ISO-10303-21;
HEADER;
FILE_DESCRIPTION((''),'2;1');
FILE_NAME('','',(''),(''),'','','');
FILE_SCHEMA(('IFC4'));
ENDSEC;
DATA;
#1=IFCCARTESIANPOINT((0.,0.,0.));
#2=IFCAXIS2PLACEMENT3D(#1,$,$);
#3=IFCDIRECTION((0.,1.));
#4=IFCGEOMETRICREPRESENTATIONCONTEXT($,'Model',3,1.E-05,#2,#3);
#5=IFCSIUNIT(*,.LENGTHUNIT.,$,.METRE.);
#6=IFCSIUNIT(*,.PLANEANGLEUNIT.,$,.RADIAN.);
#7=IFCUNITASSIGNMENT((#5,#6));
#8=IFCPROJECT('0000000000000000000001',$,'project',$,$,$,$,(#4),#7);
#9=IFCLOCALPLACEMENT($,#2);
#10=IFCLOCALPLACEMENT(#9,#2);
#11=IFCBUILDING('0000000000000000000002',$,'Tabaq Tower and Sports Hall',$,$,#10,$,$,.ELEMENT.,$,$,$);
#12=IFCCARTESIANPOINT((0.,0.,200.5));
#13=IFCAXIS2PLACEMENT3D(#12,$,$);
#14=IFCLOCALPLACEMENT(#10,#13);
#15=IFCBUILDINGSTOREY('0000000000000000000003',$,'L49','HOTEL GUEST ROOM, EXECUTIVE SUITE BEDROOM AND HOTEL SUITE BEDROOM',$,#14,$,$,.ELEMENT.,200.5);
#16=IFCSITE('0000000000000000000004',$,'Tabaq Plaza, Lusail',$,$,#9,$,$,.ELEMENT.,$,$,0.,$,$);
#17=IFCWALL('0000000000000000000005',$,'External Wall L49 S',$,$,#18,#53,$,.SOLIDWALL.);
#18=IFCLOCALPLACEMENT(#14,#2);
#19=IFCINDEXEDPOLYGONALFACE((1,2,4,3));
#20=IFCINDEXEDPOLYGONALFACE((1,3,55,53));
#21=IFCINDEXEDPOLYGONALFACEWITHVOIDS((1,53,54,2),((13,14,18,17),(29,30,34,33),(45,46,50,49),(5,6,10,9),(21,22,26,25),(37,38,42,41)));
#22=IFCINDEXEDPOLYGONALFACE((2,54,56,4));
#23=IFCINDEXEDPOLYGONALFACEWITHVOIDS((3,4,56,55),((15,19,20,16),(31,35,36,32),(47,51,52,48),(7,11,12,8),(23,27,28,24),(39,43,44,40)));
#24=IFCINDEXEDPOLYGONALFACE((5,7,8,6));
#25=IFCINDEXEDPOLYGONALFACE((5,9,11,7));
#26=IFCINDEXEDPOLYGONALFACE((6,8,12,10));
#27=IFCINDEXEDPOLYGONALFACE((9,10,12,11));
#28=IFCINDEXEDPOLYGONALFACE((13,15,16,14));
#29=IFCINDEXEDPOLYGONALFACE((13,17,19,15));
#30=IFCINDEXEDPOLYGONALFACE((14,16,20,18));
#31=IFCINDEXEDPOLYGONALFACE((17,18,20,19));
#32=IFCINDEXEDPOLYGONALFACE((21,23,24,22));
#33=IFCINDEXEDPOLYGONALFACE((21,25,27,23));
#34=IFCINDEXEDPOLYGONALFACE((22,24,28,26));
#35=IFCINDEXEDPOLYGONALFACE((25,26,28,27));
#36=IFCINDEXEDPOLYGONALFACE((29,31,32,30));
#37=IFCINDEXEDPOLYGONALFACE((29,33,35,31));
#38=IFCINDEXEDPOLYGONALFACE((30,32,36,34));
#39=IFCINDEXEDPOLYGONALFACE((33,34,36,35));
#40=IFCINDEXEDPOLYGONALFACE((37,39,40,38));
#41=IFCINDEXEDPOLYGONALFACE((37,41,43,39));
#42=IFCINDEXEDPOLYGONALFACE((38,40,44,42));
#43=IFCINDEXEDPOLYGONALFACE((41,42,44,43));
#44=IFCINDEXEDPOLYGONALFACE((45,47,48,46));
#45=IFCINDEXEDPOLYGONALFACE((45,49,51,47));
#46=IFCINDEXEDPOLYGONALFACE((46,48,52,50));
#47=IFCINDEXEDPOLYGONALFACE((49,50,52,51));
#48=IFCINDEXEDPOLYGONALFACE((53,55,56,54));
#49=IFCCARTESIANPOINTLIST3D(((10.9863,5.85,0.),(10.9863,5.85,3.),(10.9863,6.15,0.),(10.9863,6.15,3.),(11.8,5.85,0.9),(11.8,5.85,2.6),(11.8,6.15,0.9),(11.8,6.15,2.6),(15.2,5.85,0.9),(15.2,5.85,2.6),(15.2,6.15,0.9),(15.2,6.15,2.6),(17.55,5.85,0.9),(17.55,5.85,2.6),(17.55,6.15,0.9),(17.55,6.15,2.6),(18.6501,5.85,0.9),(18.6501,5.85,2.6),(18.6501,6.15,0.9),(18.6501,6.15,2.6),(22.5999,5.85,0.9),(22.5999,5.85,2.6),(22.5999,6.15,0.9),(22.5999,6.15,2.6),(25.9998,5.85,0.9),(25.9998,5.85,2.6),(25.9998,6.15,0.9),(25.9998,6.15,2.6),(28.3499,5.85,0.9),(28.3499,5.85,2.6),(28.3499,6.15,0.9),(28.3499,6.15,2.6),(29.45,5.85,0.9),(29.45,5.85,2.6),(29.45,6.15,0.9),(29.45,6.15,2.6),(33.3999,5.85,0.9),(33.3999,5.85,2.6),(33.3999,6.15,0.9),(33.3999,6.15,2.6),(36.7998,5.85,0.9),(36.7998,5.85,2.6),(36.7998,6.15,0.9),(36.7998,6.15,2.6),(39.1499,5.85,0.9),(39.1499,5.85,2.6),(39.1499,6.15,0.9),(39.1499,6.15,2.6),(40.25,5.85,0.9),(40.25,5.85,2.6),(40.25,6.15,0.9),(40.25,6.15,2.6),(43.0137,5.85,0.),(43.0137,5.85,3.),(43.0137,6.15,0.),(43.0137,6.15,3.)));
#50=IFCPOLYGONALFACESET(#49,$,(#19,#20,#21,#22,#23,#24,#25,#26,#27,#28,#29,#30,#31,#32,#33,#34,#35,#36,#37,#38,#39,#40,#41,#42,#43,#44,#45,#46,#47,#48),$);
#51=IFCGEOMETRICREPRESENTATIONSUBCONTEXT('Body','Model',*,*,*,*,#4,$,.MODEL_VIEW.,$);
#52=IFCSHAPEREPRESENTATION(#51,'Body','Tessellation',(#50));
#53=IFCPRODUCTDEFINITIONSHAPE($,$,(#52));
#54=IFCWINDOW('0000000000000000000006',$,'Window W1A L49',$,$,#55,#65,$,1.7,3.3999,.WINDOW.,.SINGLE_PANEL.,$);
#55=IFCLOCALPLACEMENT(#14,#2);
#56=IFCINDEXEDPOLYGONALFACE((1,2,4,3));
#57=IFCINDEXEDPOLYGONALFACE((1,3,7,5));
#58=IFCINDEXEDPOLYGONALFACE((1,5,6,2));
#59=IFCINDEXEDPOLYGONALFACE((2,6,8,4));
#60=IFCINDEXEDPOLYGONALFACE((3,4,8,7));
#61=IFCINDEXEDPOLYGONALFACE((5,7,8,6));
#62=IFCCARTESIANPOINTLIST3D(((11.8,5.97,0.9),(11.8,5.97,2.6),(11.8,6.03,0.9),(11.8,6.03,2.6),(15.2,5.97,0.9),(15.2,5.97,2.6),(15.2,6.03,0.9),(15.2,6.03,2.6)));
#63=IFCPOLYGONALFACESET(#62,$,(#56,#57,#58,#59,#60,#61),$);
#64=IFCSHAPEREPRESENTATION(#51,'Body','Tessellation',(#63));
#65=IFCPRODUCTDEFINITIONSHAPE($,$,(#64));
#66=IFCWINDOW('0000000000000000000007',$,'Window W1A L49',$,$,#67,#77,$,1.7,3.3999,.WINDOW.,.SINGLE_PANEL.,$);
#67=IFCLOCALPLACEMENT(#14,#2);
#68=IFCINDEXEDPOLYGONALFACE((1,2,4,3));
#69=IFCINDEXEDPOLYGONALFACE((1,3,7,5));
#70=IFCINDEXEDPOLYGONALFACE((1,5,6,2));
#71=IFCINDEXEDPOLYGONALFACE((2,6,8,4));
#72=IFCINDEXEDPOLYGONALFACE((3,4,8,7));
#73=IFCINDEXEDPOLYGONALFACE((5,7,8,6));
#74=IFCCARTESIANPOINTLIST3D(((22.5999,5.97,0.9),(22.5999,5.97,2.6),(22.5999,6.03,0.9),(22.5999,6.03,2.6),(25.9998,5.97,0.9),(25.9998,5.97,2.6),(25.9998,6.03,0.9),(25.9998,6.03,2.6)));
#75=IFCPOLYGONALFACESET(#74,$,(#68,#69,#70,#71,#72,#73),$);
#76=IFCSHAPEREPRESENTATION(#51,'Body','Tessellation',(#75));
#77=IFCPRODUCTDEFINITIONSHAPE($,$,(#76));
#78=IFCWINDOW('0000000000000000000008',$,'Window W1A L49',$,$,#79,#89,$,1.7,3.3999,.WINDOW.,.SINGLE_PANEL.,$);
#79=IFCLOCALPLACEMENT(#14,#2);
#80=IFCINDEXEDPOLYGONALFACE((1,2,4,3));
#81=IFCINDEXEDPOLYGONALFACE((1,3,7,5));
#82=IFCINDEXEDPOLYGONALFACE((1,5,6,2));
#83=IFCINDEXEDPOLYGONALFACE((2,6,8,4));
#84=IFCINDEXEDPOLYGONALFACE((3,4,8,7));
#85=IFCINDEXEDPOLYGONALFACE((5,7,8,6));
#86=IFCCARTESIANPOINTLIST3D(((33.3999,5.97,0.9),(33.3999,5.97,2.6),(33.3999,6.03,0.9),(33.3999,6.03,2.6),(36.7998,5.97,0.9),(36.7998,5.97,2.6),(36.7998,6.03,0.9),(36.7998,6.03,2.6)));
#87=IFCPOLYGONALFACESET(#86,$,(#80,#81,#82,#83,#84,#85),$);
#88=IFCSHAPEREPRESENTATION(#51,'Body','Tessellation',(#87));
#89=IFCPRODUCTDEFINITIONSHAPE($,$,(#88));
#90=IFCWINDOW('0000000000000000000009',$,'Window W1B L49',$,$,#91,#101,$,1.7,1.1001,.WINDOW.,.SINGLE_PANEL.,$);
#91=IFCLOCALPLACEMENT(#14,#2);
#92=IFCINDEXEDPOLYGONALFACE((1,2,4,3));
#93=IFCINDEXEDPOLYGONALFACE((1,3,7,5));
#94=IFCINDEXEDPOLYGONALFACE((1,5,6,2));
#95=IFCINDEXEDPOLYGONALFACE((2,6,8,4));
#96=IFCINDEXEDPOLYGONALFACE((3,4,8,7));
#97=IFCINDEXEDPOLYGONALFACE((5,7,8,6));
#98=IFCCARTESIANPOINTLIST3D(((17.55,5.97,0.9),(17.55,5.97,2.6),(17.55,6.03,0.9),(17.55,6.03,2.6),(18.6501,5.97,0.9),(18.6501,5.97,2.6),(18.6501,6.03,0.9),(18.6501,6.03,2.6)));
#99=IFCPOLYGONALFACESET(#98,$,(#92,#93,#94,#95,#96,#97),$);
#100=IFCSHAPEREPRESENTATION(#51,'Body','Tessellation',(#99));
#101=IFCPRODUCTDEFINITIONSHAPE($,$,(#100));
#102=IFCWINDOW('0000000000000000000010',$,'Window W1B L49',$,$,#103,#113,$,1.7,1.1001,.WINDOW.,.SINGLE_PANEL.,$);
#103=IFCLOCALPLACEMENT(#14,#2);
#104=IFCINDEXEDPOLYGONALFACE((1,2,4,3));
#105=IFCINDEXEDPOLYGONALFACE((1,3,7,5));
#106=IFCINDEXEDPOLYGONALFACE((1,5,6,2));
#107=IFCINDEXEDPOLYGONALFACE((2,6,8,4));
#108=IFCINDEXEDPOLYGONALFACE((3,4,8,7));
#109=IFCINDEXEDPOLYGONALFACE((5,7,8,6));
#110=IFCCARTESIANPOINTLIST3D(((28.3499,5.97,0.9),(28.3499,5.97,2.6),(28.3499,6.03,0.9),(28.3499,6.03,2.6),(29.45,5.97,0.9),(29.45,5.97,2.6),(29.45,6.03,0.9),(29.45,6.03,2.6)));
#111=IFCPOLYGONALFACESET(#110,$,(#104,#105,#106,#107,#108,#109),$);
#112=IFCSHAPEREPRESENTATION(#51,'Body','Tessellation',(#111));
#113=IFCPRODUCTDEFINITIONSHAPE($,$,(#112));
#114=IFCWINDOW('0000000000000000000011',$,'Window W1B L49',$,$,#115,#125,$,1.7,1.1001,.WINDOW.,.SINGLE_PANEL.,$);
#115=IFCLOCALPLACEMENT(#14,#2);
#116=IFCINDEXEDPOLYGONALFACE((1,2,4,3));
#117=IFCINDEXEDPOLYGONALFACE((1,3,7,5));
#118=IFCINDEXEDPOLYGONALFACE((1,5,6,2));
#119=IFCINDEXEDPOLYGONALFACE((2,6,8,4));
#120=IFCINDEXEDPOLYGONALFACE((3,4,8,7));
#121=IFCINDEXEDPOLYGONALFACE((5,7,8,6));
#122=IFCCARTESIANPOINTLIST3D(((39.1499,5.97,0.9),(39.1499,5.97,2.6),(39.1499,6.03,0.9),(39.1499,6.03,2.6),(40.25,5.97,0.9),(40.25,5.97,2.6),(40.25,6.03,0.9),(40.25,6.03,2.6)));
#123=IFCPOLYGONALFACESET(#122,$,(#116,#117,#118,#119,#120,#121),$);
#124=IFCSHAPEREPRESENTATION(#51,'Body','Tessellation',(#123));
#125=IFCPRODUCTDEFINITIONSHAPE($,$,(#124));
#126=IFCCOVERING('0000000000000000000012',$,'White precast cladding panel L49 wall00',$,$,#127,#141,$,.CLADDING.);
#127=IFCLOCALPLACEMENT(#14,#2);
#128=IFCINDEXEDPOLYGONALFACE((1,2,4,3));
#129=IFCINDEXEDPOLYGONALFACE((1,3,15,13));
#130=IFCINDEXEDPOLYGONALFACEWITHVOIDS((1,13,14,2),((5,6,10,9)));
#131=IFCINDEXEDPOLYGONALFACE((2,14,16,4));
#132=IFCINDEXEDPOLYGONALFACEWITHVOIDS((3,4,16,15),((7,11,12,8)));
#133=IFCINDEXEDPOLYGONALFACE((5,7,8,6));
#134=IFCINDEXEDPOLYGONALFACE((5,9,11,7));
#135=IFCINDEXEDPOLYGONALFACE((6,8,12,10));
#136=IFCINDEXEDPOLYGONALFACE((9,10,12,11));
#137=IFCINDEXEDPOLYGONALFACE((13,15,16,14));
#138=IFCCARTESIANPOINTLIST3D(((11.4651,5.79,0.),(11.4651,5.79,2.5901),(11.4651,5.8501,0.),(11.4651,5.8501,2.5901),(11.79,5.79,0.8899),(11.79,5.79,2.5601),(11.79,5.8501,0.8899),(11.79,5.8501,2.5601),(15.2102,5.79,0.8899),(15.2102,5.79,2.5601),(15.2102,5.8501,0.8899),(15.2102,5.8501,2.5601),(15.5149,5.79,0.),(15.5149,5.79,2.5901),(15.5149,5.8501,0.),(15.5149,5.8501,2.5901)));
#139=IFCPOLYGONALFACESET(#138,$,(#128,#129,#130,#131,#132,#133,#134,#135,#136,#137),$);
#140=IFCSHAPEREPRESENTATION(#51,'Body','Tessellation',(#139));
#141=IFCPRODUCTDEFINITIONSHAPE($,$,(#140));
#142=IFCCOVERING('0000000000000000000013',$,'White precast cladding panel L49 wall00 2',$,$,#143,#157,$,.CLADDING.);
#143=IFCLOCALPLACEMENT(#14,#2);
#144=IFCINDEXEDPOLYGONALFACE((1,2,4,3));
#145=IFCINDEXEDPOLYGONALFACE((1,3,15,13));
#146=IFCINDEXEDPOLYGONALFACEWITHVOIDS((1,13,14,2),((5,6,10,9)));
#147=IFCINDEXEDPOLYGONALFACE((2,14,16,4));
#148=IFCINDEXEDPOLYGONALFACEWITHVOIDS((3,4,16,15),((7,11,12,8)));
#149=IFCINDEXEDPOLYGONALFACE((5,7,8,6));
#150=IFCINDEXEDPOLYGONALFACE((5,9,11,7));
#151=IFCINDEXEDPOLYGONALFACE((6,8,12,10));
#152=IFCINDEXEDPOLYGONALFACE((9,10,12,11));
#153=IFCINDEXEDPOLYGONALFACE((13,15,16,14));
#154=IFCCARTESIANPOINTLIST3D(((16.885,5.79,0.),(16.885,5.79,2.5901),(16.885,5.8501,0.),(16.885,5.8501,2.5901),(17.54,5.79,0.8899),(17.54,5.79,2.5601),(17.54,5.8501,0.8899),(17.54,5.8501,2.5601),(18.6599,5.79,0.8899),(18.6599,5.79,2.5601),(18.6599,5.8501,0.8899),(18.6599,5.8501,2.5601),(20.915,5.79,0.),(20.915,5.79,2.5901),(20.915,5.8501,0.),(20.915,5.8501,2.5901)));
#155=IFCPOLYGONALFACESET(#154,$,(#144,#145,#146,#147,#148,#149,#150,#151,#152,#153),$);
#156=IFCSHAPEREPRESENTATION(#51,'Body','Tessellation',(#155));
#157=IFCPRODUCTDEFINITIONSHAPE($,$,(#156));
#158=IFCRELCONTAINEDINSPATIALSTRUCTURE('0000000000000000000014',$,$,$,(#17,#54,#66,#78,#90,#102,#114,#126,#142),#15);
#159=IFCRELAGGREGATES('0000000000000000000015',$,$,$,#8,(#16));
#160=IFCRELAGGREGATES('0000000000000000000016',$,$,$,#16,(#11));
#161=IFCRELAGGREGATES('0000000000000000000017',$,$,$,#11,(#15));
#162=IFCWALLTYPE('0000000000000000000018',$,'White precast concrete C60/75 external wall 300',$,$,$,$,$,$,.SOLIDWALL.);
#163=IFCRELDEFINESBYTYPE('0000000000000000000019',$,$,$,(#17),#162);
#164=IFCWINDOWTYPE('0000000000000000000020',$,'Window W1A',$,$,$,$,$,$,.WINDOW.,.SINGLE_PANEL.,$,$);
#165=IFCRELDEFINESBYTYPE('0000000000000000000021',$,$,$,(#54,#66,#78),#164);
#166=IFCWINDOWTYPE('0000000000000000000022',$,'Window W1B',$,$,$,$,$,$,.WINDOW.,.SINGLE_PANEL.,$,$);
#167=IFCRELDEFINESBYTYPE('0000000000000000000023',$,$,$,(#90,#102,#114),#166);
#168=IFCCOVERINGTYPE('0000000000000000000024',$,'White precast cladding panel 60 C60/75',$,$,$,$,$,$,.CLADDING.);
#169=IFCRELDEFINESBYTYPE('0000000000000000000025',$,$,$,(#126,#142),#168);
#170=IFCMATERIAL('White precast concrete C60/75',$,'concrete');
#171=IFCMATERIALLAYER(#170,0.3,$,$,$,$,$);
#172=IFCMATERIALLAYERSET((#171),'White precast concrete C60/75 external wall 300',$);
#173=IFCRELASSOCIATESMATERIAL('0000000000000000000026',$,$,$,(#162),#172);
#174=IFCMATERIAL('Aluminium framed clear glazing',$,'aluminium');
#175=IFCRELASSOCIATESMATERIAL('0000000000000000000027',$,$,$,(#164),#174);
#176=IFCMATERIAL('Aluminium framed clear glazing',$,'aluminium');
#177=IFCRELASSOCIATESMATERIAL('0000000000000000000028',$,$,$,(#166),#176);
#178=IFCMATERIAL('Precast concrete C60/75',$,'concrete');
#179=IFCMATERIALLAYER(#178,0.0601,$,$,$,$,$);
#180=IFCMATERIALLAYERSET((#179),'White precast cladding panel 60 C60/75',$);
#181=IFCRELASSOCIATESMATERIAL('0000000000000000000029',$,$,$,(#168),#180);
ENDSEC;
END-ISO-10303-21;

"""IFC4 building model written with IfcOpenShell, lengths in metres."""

from ifc_helpers import new_model, si_unit, direction, frame, frame_2d, origin, place, context, subcontext, project, spatial, polyline, rectangle, outline, extrude, material, layer, layer_set, type_object, element, fill, save


model = new_model("IFC4")

# Units and contexts
model_context = context("Model", 3, precision=1e-05, world=origin(), true_north=direction((0.0, 1.0)))
body_context = subcontext(model_context, "Body", "Model", "MODEL_VIEW")
ifc_project = project(units=[si_unit("LENGTHUNIT", "METRE"), si_unit("PLANEANGLEUNIT", "RADIAN")], contexts=[model_context])

# Site, building, storey
site_placement = place(None, origin())
site = spatial("IfcSite", under=ifc_project, at=site_placement, Name="Tabaq Plaza, Lusail", CompositionType="ELEMENT", RefElevation=0.0)
building_placement = place(site_placement, origin())
building = spatial("IfcBuilding", under=site, at=building_placement, Name="Tabaq Tower and Sports Hall", CompositionType="ELEMENT")
storey_placement = place(building_placement, frame((0.0, 0.0, 200.5)))
storey = spatial("IfcBuildingStorey", under=building, at=storey_placement, Name="L49", Description="HOTEL GUEST ROOM, EXECUTIVE SUITE BEDROOM AND HOTEL SUITE BEDROOM", CompositionType="ELEMENT", Elevation=200.5)

# Wall, openings, windows
ifc_material_1 = material(Name="White precast concrete C60/75", Category="concrete")
ifc_layer_1 = layer(ifc_material_1, 0.3)
ifc_layer_set_1 = layer_set([ifc_layer_1], Name="White precast concrete C60/75 external wall 300")
wall_type_1 = type_object("IfcWallType", Name="White precast concrete C60/75 external wall 300", PredefinedType="SOLIDWALL", material=ifc_layer_set_1)
wall_1_placement = place(storey_placement, frame((10.9863, 6.0, 0.0), z_axis=(0.0, 0.0, 1.0), x_axis=(1.0, 0.0, 0.0)))
wall_1 = element("IfcWall", 1, at=wall_1_placement, inside=storey, type_object=wall_type_1, Name="External Wall L49 S", PredefinedType="SOLIDWALL", context=body_context, shape_type="SweptSolid", body=[
    extrude(rectangle(XDim=32.0273, YDim=0.3, at=frame_2d((16.0137, 0.0))), origin(), (0.0, 0.0, 1.0), 3.0),
])
opening_1_placement = place(wall_1_placement, frame((0.8137, 0.0, 0.8999)))
opening_1 = element("IfcOpeningElement", 2, at=opening_1_placement, cuts=wall_1, PredefinedType="OPENING", context=body_context, shape_type="SweptSolid", body=[
    extrude(rectangle(XDim=3.3999, YDim=1.7, at=frame_2d((1.7, 0.8501))), frame((0.0, 0.1602, 0.0), z_axis=(0.0, -1.0, 0.0), x_axis=(1.0, 0.0, 0.0)), (0.0, 0.0, 1.0), 0.3201),
])
opening_2_placement = place(wall_1_placement, frame((6.5637, 0.0, 0.8999)))
opening_2 = element("IfcOpeningElement", 3, at=opening_2_placement, cuts=wall_1, PredefinedType="OPENING", context=body_context, shape_type="SweptSolid", body=[
    extrude(rectangle(XDim=1.1001, YDim=1.7, at=frame_2d((0.55, 0.8501))), frame((0.0, 0.1602, 0.0), z_axis=(0.0, -1.0, 0.0), x_axis=(1.0, 0.0, 0.0)), (0.0, 0.0, 1.0), 0.3201),
])
opening_3_placement = place(wall_1_placement, frame((11.6135, 0.0, 0.8999)))
opening_3 = element("IfcOpeningElement", 4, at=opening_3_placement, cuts=wall_1, PredefinedType="OPENING", context=body_context, shape_type="SweptSolid", body=[
    extrude(rectangle(XDim=3.3999, YDim=1.7, at=frame_2d((1.7, 0.8501))), frame((0.0, 0.1602, 0.0), z_axis=(0.0, -1.0, 0.0), x_axis=(1.0, 0.0, 0.0)), (0.0, 0.0, 1.0), 0.3201),
])
opening_4_placement = place(wall_1_placement, frame((17.3635, 0.0, 0.8999)))
opening_4 = element("IfcOpeningElement", 5, at=opening_4_placement, cuts=wall_1, PredefinedType="OPENING", context=body_context, shape_type="SweptSolid", body=[
    extrude(rectangle(XDim=1.1001, YDim=1.7, at=frame_2d((0.55, 0.8501))), frame((0.0, 0.1602, 0.0), z_axis=(0.0, -1.0, 0.0), x_axis=(1.0, 0.0, 0.0)), (0.0, 0.0, 1.0), 0.3201),
])
opening_5_placement = place(wall_1_placement, frame((22.4136, 0.0, 0.8999)))
opening_5 = element("IfcOpeningElement", 6, at=opening_5_placement, cuts=wall_1, PredefinedType="OPENING", context=body_context, shape_type="SweptSolid", body=[
    extrude(rectangle(XDim=3.3999, YDim=1.7, at=frame_2d((1.7, 0.8501))), frame((0.0, 0.1602, 0.0), z_axis=(0.0, -1.0, 0.0), x_axis=(1.0, 0.0, 0.0)), (0.0, 0.0, 1.0), 0.3201),
])
opening_6_placement = place(wall_1_placement, frame((28.1636, 0.0, 0.8999)))
opening_6 = element("IfcOpeningElement", 7, at=opening_6_placement, cuts=wall_1, PredefinedType="OPENING", context=body_context, shape_type="SweptSolid", body=[
    extrude(rectangle(XDim=1.1001, YDim=1.7, at=frame_2d((0.55, 0.8501))), frame((0.0, 0.1602, 0.0), z_axis=(0.0, -1.0, 0.0), x_axis=(1.0, 0.0, 0.0)), (0.0, 0.0, 1.0), 0.3201),
])
ifc_material_2 = material(Name="Aluminium framed clear glazing", Category="aluminium")
window_type_1 = type_object("IfcWindowType", Name="Window W1A", PartitioningType="SINGLE_PANEL", PredefinedType="WINDOW", material=ifc_material_2)
window_1_placement = place(opening_1_placement, origin())
window_1 = element("IfcWindow", 8, at=window_1_placement, inside=storey, type_object=window_type_1, Name="Window W1A L49", OverallHeight=1.7, OverallWidth=3.3999, PartitioningType="SINGLE_PANEL", PredefinedType="WINDOW", context=body_context, shape_type="SweptSolid", body=[
    extrude(rectangle(XDim=3.3999, YDim=1.7, at=frame_2d((1.7, 0.8501))), frame((0.0, 0.03, 0.0), z_axis=(0.0, -1.0, 0.0), x_axis=(1.0, 0.0, 0.0)), (0.0, 0.0, 1.0), 0.0601),
])
fill(opening_1, window_1)
window_2_placement = place(opening_3_placement, origin())
window_2 = element("IfcWindow", 9, at=window_2_placement, inside=storey, type_object=window_type_1, Name="Window W1A L49", OverallHeight=1.7, OverallWidth=3.3999, PartitioningType="SINGLE_PANEL", PredefinedType="WINDOW", context=body_context, shape_type="SweptSolid", body=[
    extrude(rectangle(XDim=3.3999, YDim=1.7, at=frame_2d((1.7, 0.8501))), frame((0.0, 0.03, 0.0), z_axis=(0.0, -1.0, 0.0), x_axis=(1.0, 0.0, 0.0)), (0.0, 0.0, 1.0), 0.0601),
])
fill(opening_3, window_2)
window_3_placement = place(opening_5_placement, origin())
window_3 = element("IfcWindow", 10, at=window_3_placement, inside=storey, type_object=window_type_1, Name="Window W1A L49", OverallHeight=1.7, OverallWidth=3.3999, PartitioningType="SINGLE_PANEL", PredefinedType="WINDOW", context=body_context, shape_type="SweptSolid", body=[
    extrude(rectangle(XDim=3.3999, YDim=1.7, at=frame_2d((1.7, 0.8501))), frame((0.0, 0.03, 0.0), z_axis=(0.0, -1.0, 0.0), x_axis=(1.0, 0.0, 0.0)), (0.0, 0.0, 1.0), 0.0601),
])
fill(opening_5, window_3)
ifc_material_3 = material(Name="Aluminium framed clear glazing", Category="aluminium")
window_type_2 = type_object("IfcWindowType", Name="Window W1B", PartitioningType="SINGLE_PANEL", PredefinedType="WINDOW", material=ifc_material_3)
window_4_placement = place(opening_2_placement, origin())
window_4 = element("IfcWindow", 11, at=window_4_placement, inside=storey, type_object=window_type_2, Name="Window W1B L49", OverallHeight=1.7, OverallWidth=1.1001, PartitioningType="SINGLE_PANEL", PredefinedType="WINDOW", context=body_context, shape_type="SweptSolid", body=[
    extrude(rectangle(XDim=1.1001, YDim=1.7, at=frame_2d((0.55, 0.8501))), frame((0.0, 0.03, 0.0), z_axis=(0.0, -1.0, 0.0), x_axis=(1.0, 0.0, 0.0)), (0.0, 0.0, 1.0), 0.0601),
])
fill(opening_2, window_4)
window_5_placement = place(opening_4_placement, origin())
window_5 = element("IfcWindow", 12, at=window_5_placement, inside=storey, type_object=window_type_2, Name="Window W1B L49", OverallHeight=1.7, OverallWidth=1.1001, PartitioningType="SINGLE_PANEL", PredefinedType="WINDOW", context=body_context, shape_type="SweptSolid", body=[
    extrude(rectangle(XDim=1.1001, YDim=1.7, at=frame_2d((0.55, 0.8501))), frame((0.0, 0.03, 0.0), z_axis=(0.0, -1.0, 0.0), x_axis=(1.0, 0.0, 0.0)), (0.0, 0.0, 1.0), 0.0601),
])
fill(opening_4, window_5)
window_6_placement = place(opening_6_placement, origin())
window_6 = element("IfcWindow", 13, at=window_6_placement, inside=storey, type_object=window_type_2, Name="Window W1B L49", OverallHeight=1.7, OverallWidth=1.1001, PartitioningType="SINGLE_PANEL", PredefinedType="WINDOW", context=body_context, shape_type="SweptSolid", body=[
    extrude(rectangle(XDim=1.1001, YDim=1.7, at=frame_2d((0.55, 0.8501))), frame((0.0, 0.03, 0.0), z_axis=(0.0, -1.0, 0.0), x_axis=(1.0, 0.0, 0.0)), (0.0, 0.0, 1.0), 0.0601),
])
fill(opening_6, window_6)

# Coverings
ifc_material_4 = material(Name="Precast concrete C60/75", Category="concrete")
ifc_layer_2 = layer(ifc_material_4, 0.0601)
ifc_layer_set_2 = layer_set([ifc_layer_2], Name="White precast cladding panel 60 C60/75")
covering_type = type_object("IfcCoveringType", Name="White precast cladding panel 60 C60/75", PredefinedType="CLADDING", material=ifc_layer_set_2)
covering_1_placement = place(storey_placement, frame((11.4651, 5.8201, 0.0), z_axis=(0.0, 0.0, 1.0), x_axis=(1.0, 0.0, 0.0)))
element("IfcCovering", 14, at=covering_1_placement, inside=storey, type_object=covering_type, Name="White precast cladding panel L49 wall00", PredefinedType="CLADDING", context=body_context, shape_type="SweptSolid", body=[
    extrude(outline(polyline([(0.0, 0.0), (4.0498, 0.0), (4.0498, 2.5901), (0.0, 2.5901), (0.0, 0.0)]), holes=[polyline([(3.7451, 0.8899), (0.325, 0.8899), (0.325, 2.5601), (3.7451, 2.5601), (3.7451, 0.8899)])]), frame((0.0, 0.03, 0.0), z_axis=(0.0, -1.0, 0.0), x_axis=(1.0, 0.0, 0.0)), (0.0, 0.0, 1.0), 0.0601),
])
covering_2_placement = place(storey_placement, frame((16.885, 5.8201, 0.0), z_axis=(0.0, 0.0, 1.0), x_axis=(1.0, 0.0, 0.0)))
element("IfcCovering", 15, at=covering_2_placement, inside=storey, type_object=covering_type, Name="White precast cladding panel L49 wall00 2", PredefinedType="CLADDING", context=body_context, shape_type="SweptSolid", body=[
    extrude(outline(polyline([(0.0, 0.0), (4.03, 0.0), (4.03, 2.5901), (0.0, 2.5901), (0.0, 0.0)]), holes=[polyline([(1.7749, 0.8899), (0.655, 0.8899), (0.655, 2.5601), (1.7749, 2.5601), (1.7749, 0.8899)])]), frame((0.0, 0.03, 0.0), z_axis=(0.0, -1.0, 0.0), x_axis=(1.0, 0.0, 0.0)), (0.0, 0.0, 1.0), 0.0601),
])

save(model, "model.ifc")
